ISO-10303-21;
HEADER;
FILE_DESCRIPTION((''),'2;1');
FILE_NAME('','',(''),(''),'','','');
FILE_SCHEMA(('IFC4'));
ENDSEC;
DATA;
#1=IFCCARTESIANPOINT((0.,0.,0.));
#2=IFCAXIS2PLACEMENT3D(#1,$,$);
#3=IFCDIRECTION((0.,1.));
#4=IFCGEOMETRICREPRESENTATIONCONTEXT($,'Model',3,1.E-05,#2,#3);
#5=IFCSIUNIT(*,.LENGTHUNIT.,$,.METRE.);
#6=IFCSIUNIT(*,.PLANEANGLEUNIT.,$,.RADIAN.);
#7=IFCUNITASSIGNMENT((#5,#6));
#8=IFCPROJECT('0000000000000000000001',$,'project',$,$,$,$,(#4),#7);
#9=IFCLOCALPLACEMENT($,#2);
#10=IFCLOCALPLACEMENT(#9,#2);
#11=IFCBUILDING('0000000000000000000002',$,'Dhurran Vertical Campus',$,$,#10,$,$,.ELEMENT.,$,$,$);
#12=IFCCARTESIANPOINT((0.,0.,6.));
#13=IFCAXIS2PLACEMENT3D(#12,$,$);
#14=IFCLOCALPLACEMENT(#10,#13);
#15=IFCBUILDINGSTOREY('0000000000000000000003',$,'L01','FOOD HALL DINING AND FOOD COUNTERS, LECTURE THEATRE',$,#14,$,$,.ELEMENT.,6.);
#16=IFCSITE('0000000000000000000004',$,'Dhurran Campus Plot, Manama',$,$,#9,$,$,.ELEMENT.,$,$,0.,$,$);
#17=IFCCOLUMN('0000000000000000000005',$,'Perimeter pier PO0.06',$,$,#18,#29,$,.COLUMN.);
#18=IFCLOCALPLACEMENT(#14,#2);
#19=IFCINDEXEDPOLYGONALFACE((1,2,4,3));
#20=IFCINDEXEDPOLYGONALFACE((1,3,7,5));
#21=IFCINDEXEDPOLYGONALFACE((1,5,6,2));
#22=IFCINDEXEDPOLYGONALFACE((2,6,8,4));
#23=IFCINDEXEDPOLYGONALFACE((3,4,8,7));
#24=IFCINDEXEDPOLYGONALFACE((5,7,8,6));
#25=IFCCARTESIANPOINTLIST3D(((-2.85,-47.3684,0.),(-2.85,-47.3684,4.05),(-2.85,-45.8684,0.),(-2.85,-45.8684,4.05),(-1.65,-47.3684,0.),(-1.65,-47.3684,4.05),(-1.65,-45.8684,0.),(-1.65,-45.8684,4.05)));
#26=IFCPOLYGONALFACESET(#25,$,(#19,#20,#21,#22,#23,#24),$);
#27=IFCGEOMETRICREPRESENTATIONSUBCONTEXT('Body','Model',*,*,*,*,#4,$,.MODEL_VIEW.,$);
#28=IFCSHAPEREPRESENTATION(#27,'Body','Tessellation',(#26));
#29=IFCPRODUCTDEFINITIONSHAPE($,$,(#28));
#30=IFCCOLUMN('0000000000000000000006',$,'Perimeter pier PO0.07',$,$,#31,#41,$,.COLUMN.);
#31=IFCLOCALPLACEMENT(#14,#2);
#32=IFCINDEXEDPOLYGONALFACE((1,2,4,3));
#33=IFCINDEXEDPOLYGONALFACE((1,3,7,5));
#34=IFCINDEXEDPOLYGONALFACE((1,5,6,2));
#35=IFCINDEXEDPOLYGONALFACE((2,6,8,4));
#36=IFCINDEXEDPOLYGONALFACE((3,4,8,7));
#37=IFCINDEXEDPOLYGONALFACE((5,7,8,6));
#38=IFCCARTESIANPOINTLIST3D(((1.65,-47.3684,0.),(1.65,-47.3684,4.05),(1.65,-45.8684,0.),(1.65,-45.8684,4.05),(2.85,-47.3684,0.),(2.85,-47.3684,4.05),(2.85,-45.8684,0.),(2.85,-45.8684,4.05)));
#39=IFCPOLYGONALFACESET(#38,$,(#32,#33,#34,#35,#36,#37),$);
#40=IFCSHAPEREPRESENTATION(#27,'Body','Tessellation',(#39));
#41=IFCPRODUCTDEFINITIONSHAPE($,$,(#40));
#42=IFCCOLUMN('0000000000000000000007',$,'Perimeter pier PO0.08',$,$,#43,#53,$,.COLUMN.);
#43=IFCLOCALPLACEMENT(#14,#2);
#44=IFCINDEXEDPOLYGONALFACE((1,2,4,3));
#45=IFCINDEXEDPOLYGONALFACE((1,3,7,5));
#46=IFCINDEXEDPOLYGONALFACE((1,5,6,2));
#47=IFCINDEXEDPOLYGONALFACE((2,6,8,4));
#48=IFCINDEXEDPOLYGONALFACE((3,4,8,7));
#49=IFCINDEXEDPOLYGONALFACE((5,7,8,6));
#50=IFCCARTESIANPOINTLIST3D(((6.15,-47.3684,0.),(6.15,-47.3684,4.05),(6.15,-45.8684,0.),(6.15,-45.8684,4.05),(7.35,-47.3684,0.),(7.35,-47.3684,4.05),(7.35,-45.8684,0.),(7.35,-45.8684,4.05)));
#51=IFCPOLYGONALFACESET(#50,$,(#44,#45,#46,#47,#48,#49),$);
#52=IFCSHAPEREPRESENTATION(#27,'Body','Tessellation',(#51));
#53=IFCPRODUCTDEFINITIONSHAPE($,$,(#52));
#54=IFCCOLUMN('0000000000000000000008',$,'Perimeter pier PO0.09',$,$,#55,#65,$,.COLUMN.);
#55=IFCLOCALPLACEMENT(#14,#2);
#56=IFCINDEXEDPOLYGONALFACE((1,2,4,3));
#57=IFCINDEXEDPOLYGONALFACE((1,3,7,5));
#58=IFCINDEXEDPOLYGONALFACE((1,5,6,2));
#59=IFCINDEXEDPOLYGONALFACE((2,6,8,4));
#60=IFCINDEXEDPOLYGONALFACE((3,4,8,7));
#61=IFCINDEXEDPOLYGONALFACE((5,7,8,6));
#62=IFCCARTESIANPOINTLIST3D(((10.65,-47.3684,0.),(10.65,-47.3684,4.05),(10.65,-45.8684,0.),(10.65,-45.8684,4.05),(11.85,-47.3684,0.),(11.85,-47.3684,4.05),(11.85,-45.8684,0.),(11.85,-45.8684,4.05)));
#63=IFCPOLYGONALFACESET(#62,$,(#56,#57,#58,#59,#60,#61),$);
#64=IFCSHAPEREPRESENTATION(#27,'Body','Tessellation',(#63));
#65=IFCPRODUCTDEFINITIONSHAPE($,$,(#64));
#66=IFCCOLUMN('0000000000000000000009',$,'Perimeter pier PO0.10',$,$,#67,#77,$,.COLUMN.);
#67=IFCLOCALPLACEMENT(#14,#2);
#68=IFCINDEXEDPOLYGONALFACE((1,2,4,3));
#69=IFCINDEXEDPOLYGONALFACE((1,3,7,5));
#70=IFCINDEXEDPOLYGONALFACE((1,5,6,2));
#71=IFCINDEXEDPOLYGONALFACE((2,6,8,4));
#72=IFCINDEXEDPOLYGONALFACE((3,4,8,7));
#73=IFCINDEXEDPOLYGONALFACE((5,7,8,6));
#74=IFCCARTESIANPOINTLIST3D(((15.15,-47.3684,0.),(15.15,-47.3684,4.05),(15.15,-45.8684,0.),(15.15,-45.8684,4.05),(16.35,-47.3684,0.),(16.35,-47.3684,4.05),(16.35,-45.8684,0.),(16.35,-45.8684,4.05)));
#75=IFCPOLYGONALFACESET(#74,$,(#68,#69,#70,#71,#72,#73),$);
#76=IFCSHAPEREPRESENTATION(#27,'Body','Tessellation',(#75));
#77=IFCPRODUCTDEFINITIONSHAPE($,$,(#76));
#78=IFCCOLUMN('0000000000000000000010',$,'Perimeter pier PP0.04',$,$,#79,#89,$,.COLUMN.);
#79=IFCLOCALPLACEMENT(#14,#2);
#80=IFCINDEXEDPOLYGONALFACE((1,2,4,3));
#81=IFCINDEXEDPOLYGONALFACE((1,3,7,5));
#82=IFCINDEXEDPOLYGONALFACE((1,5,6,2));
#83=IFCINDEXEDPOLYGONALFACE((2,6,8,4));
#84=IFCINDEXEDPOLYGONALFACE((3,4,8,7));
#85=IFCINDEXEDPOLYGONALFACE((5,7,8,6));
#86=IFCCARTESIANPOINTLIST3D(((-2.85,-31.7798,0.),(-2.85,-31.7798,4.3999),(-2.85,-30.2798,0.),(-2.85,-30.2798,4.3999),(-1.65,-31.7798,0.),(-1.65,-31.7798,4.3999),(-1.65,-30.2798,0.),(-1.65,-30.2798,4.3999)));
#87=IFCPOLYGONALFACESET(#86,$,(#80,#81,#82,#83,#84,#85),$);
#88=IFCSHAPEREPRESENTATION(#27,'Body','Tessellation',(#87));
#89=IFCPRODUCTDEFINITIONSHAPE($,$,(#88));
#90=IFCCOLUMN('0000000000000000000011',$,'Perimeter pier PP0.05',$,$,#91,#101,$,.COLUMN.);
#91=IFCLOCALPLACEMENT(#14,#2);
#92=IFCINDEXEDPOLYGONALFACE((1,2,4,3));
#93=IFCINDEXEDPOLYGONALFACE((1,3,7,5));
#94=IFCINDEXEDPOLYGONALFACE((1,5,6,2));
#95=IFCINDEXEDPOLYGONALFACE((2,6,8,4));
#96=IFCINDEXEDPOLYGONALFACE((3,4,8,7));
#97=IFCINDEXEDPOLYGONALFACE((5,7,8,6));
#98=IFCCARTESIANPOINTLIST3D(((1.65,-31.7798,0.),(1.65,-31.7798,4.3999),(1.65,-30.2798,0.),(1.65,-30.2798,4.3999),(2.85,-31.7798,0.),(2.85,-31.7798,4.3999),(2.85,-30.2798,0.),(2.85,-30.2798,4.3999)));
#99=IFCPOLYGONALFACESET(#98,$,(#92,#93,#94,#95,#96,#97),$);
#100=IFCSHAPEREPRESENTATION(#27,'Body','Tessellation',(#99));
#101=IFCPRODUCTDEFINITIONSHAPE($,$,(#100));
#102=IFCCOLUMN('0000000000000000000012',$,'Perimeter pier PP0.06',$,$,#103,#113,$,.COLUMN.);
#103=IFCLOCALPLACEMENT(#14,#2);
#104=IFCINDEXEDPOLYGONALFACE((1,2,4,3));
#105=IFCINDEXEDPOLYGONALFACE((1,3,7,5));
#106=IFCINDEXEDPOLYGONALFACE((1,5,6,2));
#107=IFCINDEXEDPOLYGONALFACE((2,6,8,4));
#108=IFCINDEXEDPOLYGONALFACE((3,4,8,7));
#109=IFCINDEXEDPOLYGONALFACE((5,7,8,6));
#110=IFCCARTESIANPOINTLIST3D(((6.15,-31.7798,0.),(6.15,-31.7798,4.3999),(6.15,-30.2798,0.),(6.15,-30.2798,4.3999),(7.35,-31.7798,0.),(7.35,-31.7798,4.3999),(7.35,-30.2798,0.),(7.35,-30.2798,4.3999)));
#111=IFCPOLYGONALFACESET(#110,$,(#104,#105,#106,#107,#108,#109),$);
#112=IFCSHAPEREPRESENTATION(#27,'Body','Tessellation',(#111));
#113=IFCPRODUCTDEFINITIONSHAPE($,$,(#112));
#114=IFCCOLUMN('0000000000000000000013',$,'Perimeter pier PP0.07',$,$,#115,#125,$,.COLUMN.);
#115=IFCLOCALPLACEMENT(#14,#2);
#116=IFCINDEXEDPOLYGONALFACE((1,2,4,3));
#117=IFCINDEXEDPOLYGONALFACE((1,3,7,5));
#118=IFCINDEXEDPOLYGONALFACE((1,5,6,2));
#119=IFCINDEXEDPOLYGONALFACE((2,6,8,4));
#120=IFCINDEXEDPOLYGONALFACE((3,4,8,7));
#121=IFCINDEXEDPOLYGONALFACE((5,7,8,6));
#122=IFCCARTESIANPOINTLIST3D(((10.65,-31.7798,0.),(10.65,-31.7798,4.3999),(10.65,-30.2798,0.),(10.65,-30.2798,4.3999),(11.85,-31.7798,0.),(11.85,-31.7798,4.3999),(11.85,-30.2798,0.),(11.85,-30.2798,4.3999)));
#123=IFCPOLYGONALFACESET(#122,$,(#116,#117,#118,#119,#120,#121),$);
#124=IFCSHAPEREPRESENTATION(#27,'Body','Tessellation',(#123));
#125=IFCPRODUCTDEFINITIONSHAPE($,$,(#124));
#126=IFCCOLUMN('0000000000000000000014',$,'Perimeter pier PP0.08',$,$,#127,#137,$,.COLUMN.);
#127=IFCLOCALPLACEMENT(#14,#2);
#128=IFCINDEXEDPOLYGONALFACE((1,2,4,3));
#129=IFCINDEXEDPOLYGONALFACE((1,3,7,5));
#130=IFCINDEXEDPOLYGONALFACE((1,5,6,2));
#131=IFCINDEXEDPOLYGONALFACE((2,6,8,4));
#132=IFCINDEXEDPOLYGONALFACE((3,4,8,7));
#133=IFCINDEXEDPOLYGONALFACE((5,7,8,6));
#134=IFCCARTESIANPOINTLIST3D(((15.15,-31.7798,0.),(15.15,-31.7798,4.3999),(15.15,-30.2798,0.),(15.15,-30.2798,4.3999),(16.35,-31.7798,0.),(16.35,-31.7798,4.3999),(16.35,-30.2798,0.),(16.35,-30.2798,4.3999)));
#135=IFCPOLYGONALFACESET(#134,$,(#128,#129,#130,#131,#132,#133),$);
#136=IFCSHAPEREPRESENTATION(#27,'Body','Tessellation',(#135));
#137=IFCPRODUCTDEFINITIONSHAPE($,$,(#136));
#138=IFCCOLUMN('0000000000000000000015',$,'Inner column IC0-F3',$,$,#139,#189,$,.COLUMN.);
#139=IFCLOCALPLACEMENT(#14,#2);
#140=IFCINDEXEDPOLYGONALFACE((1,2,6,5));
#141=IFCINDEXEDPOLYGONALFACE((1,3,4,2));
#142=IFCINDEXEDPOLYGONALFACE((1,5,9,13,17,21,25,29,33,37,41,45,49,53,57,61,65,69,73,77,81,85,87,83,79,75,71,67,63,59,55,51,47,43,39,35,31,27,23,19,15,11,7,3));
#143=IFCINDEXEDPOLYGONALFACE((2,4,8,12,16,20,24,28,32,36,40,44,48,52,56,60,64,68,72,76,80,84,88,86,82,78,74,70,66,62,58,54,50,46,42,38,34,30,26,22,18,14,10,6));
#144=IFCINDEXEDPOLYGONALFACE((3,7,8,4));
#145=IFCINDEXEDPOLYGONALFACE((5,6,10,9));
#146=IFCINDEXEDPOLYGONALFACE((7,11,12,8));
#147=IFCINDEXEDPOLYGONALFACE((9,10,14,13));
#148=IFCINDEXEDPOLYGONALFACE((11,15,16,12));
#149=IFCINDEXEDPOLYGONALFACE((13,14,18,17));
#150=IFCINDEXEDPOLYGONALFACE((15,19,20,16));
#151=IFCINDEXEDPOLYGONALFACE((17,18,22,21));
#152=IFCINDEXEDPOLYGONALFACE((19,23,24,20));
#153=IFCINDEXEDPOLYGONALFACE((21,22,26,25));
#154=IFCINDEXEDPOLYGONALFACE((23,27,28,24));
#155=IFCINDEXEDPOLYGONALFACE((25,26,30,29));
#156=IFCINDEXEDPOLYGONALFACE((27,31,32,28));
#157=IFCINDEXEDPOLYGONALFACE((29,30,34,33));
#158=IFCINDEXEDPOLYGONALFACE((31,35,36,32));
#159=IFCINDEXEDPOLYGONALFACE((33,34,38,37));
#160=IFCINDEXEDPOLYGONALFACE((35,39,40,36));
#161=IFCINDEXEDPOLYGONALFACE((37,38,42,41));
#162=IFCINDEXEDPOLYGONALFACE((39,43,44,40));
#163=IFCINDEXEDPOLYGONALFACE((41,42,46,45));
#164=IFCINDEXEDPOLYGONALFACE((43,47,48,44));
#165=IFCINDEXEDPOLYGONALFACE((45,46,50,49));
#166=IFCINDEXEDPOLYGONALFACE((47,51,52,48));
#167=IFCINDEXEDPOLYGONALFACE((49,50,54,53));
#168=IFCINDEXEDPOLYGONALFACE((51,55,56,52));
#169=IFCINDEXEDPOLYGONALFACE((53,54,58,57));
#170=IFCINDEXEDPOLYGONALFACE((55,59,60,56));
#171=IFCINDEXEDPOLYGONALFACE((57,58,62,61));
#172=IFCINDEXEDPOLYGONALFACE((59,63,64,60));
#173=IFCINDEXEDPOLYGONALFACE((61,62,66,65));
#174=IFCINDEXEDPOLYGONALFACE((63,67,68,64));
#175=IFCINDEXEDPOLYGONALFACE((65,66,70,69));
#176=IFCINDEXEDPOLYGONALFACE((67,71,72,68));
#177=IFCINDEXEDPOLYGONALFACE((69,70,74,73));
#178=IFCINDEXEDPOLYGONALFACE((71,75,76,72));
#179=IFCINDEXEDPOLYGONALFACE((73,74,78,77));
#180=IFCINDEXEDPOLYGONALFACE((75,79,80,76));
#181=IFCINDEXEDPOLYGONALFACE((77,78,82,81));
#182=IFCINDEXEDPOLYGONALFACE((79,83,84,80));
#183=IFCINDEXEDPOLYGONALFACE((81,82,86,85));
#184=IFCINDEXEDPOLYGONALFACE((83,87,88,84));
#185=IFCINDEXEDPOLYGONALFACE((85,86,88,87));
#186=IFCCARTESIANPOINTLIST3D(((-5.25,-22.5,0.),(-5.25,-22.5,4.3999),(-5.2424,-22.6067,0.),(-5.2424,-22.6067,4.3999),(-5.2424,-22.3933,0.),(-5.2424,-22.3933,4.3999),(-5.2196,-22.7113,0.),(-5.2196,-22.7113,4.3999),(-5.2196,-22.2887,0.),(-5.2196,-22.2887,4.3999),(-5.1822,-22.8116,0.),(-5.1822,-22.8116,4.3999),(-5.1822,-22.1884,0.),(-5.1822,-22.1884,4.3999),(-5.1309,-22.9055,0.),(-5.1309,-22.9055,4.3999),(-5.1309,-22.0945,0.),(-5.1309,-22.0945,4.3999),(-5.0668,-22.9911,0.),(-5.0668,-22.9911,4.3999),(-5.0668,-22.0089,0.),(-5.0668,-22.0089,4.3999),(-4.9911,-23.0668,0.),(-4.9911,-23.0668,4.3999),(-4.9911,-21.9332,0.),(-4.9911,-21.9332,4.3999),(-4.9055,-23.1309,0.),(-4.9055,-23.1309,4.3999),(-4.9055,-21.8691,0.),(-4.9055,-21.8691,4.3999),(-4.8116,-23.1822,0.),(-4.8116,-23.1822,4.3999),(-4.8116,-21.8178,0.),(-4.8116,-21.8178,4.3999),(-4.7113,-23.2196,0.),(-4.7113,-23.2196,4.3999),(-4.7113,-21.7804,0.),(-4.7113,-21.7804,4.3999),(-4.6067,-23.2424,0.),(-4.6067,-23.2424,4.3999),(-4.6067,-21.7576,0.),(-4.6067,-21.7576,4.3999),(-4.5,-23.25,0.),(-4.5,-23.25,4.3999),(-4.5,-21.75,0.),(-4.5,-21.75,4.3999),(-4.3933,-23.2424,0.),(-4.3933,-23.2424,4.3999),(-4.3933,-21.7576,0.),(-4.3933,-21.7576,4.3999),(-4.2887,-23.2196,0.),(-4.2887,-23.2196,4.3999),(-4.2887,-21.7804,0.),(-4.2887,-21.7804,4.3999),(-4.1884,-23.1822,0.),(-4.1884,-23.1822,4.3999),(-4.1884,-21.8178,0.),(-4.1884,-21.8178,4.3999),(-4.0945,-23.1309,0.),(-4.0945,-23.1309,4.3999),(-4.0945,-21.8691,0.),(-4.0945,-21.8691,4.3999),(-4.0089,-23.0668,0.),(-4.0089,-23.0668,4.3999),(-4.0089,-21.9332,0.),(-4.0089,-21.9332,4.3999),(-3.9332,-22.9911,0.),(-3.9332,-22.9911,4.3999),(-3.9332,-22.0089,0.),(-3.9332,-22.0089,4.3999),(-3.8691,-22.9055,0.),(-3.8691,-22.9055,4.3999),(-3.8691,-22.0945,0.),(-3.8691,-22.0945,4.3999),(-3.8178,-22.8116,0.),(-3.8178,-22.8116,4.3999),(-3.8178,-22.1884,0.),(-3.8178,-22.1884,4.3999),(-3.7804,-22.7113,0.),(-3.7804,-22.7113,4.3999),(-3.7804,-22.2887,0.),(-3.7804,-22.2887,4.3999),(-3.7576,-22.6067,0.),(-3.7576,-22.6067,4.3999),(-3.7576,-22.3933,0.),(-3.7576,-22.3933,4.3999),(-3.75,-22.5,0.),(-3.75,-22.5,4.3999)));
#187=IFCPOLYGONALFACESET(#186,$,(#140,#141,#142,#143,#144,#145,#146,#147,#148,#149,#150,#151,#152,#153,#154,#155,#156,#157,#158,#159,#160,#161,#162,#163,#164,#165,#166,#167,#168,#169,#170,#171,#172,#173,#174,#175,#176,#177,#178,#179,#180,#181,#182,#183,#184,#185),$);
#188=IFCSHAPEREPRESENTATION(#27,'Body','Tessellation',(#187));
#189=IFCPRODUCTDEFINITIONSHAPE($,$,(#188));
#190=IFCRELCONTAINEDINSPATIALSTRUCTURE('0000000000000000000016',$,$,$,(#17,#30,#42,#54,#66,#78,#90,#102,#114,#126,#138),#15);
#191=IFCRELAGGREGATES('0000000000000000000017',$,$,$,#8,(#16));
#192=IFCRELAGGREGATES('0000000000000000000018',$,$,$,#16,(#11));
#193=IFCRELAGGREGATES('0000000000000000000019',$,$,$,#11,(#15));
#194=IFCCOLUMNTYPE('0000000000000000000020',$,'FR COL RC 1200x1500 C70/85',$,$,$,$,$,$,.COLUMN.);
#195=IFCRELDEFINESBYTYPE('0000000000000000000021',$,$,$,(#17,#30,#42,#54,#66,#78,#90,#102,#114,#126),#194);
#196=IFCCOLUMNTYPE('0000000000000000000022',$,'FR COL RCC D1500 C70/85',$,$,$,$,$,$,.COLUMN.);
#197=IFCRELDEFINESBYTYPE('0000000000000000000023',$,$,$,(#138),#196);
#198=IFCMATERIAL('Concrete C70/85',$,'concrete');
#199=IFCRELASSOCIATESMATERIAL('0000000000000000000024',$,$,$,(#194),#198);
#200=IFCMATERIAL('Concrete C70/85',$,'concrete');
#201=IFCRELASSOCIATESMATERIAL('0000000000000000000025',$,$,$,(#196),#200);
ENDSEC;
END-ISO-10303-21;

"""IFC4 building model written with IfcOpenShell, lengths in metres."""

from ifc_helpers import new_model, si_unit, direction, frame, origin, origin_2d, place, context, subcontext, project, spatial, rectangle, circle, extrude, material, material_profile, profile_set, type_object, element, save


model = new_model("IFC4")

# Units and contexts
model_context = context("Model", 3, precision=1e-05, world=origin(), true_north=direction((0.0, 1.0)))
body_context = subcontext(model_context, "Body", "Model", "MODEL_VIEW")
ifc_project = project(units=[si_unit("LENGTHUNIT", "METRE"), si_unit("PLANEANGLEUNIT", "RADIAN")], contexts=[model_context])

# Site, building, storey
site_placement = place(None, origin())
site = spatial("IfcSite", under=ifc_project, at=site_placement, Name="Dhurran Campus Plot, Manama", CompositionType="ELEMENT", RefElevation=0.0)
building_placement = place(site_placement, origin())
building = spatial("IfcBuilding", under=site, at=building_placement, Name="Dhurran Vertical Campus", CompositionType="ELEMENT")
storey_placement = place(building_placement, frame((0.0, 0.0, 6.0)))
storey = spatial("IfcBuildingStorey", under=building, at=storey_placement, Name="L01", Description="FOOD HALL DINING AND FOOD COUNTERS, LECTURE THEATRE", CompositionType="ELEMENT", Elevation=6.0)

# Columns
ifc_material_1 = material(Name="Concrete C70/85", Category="concrete")
ifc_material_profile_1 = material_profile(ifc_material_1, rectangle(XDim=1.2, YDim=1.5, at=origin_2d()), Name="RC 1200x1500")
ifc_profile_set_1 = profile_set([ifc_material_profile_1], Name="Concrete C70/85")
column_type_1 = type_object("IfcColumnType", Name="FR COL RC 1200x1500 C70/85", PredefinedType="COLUMN", material=ifc_profile_set_1)
for number, where, z_axis, x_axis, name in (
    (1, (-2.25, -46.6184, 0.0), (0.0, 0.0, 1.0), (1.0, 0.0, 0.0), "Perimeter pier PO0.06"),
    (2, (2.25, -46.6184, 0.0), (0.0, 0.0, 1.0), (1.0, 0.0, 0.0), "Perimeter pier PO0.07"),
    (3, (6.75, -46.6184, 0.0), (0.0, 0.0, 1.0), (1.0, 0.0, 0.0), "Perimeter pier PO0.08"),
    (4, (11.25, -46.6184, 0.0), (0.0, 0.0, 1.0), (1.0, 0.0, 0.0), "Perimeter pier PO0.09"),
    (5, (15.75, -46.6184, 0.0), (0.0, 0.0, 1.0), (1.0, 0.0, 0.0), "Perimeter pier PO0.10"),
):
    element("IfcColumn", number, at=place(storey_placement, frame(where, z_axis=z_axis, x_axis=x_axis)), inside=storey, type_object=column_type_1, Name=name, PredefinedType="COLUMN", context=body_context, shape_type="SweptSolid", body=[
        extrude(rectangle(XDim=1.2, YDim=1.5, at=origin_2d()), origin(), (0.0, 0.0, 1.0), 4.05),
    ])
for number, where, z_axis, x_axis, name in (
    (6, (-2.25, -31.0298, 0.0), (0.0, 0.0, 1.0), (1.0, 0.0, 0.0), "Perimeter pier PP0.04"),
    (7, (2.25, -31.0298, 0.0), (0.0, 0.0, 1.0), (1.0, 0.0, 0.0), "Perimeter pier PP0.05"),
    (8, (6.75, -31.0298, 0.0), (0.0, 0.0, 1.0), (1.0, 0.0, 0.0), "Perimeter pier PP0.06"),
    (9, (11.25, -31.0298, 0.0), (0.0, 0.0, 1.0), (1.0, 0.0, 0.0), "Perimeter pier PP0.07"),
    (10, (15.75, -31.0298, 0.0), (0.0, 0.0, 1.0), (1.0, 0.0, 0.0), "Perimeter pier PP0.08"),
):
    element("IfcColumn", number, at=place(storey_placement, frame(where, z_axis=z_axis, x_axis=x_axis)), inside=storey, type_object=column_type_1, Name=name, PredefinedType="COLUMN", context=body_context, shape_type="SweptSolid", body=[
        extrude(rectangle(XDim=1.2, YDim=1.5, at=origin_2d()), origin(), (0.0, 0.0, 1.0), 4.3999),
    ])
ifc_material_2 = material(Name="Concrete C70/85", Category="concrete")
ifc_material_profile_2 = material_profile(ifc_material_2, circle(Radius=0.75, at=origin_2d()), Name="RCC D1500")
ifc_profile_set_2 = profile_set([ifc_material_profile_2], Name="Concrete C70/85")
column_type_2 = type_object("IfcColumnType", Name="FR COL RCC D1500 C70/85", PredefinedType="COLUMN", material=ifc_profile_set_2)
for number, where, z_axis, x_axis, name in (
    (11, (-4.5, -22.5, 0.0), (0.0, 0.0, 1.0), (1.0, 0.0, 0.0), "Inner column IC0-F3"),
):
    element("IfcColumn", number, at=place(storey_placement, frame(where, z_axis=z_axis, x_axis=x_axis)), inside=storey, type_object=column_type_2, Name=name, PredefinedType="COLUMN", context=body_context, shape_type="SweptSolid", body=[
        extrude(circle(Radius=0.75, at=origin_2d()), origin(), (0.0, 0.0, 1.0), 4.3999),
    ])

save(model, "model.ifc")
